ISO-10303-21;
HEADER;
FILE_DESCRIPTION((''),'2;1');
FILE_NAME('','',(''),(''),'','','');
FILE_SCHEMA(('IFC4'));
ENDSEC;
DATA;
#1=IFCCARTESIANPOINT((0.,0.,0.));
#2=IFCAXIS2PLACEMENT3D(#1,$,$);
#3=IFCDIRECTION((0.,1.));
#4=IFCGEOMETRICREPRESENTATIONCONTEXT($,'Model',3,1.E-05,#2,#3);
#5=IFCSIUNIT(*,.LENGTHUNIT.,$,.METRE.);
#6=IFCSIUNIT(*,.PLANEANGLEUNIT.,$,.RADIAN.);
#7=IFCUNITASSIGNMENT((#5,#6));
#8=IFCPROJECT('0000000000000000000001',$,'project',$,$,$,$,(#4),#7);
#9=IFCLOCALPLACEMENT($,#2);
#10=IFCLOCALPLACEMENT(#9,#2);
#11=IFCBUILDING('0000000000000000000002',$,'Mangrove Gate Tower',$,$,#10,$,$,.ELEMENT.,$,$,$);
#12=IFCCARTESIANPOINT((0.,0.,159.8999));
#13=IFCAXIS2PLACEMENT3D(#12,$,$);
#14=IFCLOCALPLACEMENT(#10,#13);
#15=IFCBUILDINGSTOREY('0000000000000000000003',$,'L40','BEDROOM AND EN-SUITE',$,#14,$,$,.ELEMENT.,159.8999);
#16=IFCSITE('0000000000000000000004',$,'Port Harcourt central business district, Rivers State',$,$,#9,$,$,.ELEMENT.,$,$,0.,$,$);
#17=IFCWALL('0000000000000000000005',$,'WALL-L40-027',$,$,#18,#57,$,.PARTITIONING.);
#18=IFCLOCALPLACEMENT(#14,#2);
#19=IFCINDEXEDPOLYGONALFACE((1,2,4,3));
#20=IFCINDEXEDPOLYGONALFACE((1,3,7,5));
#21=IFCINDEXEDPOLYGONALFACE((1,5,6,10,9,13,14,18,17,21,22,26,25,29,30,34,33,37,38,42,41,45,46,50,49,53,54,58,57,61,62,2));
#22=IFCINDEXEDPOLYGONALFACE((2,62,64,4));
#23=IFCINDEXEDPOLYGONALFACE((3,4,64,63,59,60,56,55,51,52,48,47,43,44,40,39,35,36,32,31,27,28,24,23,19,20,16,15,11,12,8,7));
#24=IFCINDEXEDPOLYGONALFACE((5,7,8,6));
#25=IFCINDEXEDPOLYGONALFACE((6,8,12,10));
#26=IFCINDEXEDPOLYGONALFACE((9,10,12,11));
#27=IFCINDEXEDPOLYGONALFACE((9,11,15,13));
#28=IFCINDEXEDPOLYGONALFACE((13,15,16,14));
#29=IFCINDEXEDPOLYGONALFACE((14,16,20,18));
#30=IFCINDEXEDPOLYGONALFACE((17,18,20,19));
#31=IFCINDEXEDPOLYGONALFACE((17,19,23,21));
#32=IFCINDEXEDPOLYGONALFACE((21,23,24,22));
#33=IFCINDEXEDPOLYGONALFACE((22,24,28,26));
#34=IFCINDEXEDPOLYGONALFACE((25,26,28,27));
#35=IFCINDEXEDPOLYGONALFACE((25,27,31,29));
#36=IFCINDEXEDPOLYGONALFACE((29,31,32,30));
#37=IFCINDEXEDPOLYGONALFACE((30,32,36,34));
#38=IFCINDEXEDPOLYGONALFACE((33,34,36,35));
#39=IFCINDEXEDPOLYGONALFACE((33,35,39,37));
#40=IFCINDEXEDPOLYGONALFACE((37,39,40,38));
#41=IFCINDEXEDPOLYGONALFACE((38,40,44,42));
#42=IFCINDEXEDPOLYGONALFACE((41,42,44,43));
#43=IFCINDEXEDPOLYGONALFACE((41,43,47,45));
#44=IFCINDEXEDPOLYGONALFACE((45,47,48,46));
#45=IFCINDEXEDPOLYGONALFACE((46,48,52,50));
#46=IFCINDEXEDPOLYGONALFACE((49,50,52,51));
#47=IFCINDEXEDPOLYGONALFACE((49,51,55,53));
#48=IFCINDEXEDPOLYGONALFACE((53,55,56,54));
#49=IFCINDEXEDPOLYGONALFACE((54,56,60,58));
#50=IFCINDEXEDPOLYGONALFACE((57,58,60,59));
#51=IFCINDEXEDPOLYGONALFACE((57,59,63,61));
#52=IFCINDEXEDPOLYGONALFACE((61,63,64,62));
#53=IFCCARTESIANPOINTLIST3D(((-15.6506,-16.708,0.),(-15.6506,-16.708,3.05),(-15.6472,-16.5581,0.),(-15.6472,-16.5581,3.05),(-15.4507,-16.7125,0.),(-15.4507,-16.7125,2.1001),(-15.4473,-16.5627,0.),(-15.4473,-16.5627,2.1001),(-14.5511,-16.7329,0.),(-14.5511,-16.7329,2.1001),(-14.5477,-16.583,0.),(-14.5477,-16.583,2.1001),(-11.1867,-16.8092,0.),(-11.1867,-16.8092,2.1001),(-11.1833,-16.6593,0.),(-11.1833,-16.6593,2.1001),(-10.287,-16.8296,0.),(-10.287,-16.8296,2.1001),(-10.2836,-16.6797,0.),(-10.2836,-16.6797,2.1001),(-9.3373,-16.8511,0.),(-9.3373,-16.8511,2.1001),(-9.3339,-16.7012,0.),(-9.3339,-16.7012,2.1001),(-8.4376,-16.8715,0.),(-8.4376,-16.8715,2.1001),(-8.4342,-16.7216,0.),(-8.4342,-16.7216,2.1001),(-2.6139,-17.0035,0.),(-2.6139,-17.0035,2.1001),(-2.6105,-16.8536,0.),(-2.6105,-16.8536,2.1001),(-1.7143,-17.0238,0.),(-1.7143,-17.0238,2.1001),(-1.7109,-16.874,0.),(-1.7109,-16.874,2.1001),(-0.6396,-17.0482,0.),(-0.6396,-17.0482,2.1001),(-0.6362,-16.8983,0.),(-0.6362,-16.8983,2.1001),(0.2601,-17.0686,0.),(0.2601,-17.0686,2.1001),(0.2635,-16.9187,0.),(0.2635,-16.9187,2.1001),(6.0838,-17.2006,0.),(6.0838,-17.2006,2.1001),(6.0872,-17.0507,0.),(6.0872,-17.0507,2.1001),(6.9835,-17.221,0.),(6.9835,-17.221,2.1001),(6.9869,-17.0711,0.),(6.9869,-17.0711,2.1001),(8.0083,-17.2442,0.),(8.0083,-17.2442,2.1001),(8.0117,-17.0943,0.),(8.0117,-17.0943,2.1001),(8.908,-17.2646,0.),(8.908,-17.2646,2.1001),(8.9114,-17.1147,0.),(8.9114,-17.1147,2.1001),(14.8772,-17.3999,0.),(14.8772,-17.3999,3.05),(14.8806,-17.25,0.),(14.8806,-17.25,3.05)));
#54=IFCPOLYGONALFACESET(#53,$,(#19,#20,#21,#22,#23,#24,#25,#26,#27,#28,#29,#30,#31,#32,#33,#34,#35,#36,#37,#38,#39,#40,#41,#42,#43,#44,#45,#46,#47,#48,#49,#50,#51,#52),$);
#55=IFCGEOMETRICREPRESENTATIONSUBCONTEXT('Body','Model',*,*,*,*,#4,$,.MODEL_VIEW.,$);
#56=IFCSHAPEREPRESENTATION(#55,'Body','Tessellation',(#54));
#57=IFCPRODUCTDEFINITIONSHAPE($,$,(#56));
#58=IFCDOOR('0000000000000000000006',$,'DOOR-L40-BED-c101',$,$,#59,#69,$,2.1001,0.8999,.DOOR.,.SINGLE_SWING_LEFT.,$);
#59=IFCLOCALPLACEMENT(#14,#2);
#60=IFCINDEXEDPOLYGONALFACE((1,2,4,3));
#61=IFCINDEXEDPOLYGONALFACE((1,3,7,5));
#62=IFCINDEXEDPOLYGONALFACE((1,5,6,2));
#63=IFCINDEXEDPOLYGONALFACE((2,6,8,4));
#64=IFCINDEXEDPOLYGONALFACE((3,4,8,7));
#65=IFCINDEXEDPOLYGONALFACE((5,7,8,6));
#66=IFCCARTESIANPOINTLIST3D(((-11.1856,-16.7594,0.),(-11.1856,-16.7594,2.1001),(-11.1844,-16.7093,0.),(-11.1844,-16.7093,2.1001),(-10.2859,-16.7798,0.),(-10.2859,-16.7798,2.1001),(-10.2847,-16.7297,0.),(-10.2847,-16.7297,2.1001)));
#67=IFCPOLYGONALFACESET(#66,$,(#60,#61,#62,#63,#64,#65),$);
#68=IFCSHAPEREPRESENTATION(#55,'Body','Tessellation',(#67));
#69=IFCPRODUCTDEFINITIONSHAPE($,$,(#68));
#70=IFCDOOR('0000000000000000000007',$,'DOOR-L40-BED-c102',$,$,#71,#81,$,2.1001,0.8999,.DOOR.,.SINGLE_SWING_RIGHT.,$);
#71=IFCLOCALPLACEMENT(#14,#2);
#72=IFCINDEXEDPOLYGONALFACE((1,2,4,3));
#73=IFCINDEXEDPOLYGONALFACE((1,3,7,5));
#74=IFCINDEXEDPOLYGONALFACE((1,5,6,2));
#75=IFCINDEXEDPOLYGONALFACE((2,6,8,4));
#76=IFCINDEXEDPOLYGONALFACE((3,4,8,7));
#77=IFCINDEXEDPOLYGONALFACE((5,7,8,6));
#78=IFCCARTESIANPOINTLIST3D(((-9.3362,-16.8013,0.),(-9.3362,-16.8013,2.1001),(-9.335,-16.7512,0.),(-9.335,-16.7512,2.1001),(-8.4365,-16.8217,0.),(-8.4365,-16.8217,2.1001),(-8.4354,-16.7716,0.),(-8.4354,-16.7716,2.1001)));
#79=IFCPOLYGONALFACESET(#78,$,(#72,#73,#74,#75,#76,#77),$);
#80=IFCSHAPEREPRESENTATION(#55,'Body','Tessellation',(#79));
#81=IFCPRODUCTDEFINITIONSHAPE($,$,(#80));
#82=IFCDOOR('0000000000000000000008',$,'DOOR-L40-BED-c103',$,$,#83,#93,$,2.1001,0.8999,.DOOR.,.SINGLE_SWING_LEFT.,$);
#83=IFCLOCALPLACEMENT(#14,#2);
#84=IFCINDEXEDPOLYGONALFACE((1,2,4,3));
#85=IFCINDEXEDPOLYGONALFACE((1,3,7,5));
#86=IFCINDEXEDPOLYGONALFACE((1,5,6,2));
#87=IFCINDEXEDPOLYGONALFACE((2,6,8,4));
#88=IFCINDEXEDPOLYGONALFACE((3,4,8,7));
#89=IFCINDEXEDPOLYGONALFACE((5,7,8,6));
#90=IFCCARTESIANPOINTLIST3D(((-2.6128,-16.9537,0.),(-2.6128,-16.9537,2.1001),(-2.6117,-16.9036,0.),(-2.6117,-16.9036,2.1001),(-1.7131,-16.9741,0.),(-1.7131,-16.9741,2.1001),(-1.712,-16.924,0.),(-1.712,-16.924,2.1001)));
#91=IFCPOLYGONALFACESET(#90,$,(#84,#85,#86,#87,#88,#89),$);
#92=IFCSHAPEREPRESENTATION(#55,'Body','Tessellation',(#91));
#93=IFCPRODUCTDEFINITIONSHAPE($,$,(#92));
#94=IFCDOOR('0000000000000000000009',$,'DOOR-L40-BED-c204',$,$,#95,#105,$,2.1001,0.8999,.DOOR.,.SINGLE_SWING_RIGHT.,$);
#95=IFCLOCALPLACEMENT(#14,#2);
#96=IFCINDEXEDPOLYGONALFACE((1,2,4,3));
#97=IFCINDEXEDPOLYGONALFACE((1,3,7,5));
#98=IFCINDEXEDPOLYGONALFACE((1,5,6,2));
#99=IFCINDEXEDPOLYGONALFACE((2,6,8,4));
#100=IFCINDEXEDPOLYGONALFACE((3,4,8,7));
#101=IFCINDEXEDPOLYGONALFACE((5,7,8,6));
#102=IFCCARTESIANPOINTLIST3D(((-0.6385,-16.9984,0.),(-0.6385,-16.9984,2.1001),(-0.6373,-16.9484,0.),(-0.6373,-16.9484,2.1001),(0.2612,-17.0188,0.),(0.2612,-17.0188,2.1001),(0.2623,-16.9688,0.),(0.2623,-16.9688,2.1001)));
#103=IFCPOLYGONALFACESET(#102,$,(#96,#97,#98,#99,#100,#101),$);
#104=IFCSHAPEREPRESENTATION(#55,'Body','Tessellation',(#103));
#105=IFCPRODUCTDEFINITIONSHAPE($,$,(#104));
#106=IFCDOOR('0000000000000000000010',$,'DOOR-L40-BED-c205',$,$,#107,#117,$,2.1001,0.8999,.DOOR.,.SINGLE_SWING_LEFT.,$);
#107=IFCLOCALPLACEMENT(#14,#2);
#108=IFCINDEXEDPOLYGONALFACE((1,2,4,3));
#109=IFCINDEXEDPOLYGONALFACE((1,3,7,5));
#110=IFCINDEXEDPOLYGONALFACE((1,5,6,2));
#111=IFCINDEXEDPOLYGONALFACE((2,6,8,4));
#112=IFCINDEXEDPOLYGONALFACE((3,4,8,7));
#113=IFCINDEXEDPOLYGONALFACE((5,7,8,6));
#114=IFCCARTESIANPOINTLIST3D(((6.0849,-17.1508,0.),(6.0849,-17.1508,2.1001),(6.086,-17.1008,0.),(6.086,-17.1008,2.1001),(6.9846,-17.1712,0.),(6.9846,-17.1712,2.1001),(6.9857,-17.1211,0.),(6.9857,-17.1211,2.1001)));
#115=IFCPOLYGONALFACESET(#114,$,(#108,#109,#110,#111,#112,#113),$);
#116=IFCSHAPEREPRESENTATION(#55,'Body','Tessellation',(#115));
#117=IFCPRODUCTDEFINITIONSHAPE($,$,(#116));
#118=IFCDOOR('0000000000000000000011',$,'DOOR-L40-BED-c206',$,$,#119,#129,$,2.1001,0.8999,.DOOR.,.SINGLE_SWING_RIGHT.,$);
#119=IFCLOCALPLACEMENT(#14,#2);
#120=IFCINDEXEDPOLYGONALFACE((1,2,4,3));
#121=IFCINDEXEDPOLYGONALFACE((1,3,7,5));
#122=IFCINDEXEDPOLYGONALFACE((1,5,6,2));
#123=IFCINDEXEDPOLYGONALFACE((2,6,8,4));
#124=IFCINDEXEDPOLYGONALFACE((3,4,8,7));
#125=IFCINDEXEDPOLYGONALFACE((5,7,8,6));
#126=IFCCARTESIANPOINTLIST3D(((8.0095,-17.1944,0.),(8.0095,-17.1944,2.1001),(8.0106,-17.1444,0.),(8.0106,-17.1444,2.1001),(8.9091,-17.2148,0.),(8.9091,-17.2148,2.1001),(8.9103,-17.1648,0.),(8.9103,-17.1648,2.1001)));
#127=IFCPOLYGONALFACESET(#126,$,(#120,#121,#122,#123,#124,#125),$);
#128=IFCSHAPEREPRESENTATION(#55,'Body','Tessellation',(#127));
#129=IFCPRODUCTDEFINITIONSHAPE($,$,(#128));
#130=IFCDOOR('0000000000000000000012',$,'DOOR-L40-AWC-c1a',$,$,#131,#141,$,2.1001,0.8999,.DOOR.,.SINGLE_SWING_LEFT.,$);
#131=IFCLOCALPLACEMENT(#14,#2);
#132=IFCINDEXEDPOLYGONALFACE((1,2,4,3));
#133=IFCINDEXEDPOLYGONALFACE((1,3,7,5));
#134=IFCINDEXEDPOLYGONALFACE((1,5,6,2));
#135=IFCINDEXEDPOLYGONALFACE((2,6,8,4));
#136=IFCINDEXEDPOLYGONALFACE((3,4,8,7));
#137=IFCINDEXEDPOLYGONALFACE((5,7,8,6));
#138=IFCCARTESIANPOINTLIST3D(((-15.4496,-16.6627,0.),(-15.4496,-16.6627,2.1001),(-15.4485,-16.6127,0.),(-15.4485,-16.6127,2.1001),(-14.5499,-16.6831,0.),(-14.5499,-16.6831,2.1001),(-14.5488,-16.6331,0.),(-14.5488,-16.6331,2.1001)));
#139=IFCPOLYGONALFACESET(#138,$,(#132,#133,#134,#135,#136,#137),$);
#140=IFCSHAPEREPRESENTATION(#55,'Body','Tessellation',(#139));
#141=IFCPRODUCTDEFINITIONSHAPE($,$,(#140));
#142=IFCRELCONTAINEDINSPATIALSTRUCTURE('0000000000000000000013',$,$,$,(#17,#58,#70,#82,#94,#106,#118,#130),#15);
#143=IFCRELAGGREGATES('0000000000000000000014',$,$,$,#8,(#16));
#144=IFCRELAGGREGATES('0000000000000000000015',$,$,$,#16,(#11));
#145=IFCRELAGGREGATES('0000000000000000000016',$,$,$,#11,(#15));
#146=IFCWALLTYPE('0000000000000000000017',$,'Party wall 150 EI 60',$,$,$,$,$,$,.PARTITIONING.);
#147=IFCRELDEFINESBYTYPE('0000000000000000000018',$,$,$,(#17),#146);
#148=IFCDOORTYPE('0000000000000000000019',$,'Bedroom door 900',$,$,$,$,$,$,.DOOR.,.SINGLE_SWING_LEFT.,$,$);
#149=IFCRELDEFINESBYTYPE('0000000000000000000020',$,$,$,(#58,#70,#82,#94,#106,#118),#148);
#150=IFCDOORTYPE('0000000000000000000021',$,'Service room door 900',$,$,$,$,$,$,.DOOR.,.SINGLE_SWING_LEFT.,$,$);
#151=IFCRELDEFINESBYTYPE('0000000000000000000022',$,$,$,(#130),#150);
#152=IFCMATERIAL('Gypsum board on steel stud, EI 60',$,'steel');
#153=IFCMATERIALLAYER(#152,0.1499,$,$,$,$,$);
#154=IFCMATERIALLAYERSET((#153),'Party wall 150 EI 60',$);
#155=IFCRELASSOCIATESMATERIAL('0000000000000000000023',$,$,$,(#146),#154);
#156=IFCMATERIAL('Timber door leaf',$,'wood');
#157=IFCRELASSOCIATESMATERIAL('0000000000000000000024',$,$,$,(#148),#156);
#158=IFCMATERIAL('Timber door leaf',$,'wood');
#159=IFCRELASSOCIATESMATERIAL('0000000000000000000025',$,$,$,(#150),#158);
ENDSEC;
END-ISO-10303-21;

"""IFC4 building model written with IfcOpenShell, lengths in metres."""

from ifc_helpers import new_model, si_unit, direction, frame, frame_2d, origin, place, context, subcontext, project, spatial, rectangle, extrude, material, layer, layer_set, type_object, element, fill, save


model = new_model("IFC4")

# Units and contexts
model_context = context("Model", 3, precision=1e-05, world=origin(), true_north=direction((0.0, 1.0)))
body_context = subcontext(model_context, "Body", "Model", "MODEL_VIEW")
ifc_project = project(units=[si_unit("LENGTHUNIT", "METRE"), si_unit("PLANEANGLEUNIT", "RADIAN")], contexts=[model_context])

# Site, building, storey
site_placement = place(None, origin())
site = spatial("IfcSite", under=ifc_project, at=site_placement, Name="Port Harcourt central business district, Rivers State", CompositionType="ELEMENT", RefElevation=0.0)
building_placement = place(site_placement, origin())
building = spatial("IfcBuilding", under=site, at=building_placement, Name="Mangrove Gate Tower", CompositionType="ELEMENT")
storey_placement = place(building_placement, frame((0.0, 0.0, 159.8999)))
storey = spatial("IfcBuildingStorey", under=building, at=storey_placement, Name="L40", Description="BEDROOM AND EN-SUITE", CompositionType="ELEMENT", Elevation=159.8999)

# Shared definitions
ifc_material_1 = material(Name="Gypsum board on steel stud, EI 60", Category="steel")
ifc_layer_1 = layer(ifc_material_1, 0.1499)
ifc_layer_set_1 = layer_set([ifc_layer_1], Name="Party wall 150 EI 60")
wall_type_1 = type_object("IfcWallType", Name="Party wall 150 EI 60", PredefinedType="PARTITIONING", material=ifc_layer_set_1)

# Wall, openings, doors
wall_1_placement = place(storey_placement, frame((-15.6489, -16.6331, 0.0), z_axis=(0.0, 0.0, 1.0), x_axis=(0.999743, -0.022659, 0.0)))
wall_1 = element("IfcWall", 1, at=wall_1_placement, inside=storey, type_object=wall_type_1, Name="WALL-L40-027", PredefinedType="PARTITIONING", context=body_context, shape_type="SweptSolid", body=[
    extrude(rectangle(XDim=30.5356, YDim=0.1499, at=frame_2d((15.2678, 0.0))), origin(), (0.0, 0.0, 1.0), 3.05),
])
opening_1_placement = place(wall_1_placement, frame((0.2, 0.0, 0.0)))
opening_1 = element("IfcOpeningElement", 2, at=opening_1_placement, cuts=wall_1, PredefinedType="OPENING", context=body_context, shape_type="SweptSolid", body=[
    extrude(rectangle(XDim=0.8999, YDim=2.1001, at=frame_2d((0.45, 1.05))), frame((0.0, 0.085, 0.0), z_axis=(0.0, -1.0, 0.0), x_axis=(1.0, 0.0, 0.0)), (0.0, 0.0, 1.0), 0.1699),
])
opening_2_placement = place(wall_1_placement, frame((4.4651, 0.0, 0.0)))
opening_2 = element("IfcOpeningElement", 3, at=opening_2_placement, cuts=wall_1, PredefinedType="OPENING", context=body_context, shape_type="SweptSolid", body=[
    extrude(rectangle(XDim=0.8999, YDim=2.1001, at=frame_2d((0.45, 1.05))), frame((0.0, 0.085, 0.0), z_axis=(0.0, -1.0, 0.0), x_axis=(1.0, 0.0, 0.0)), (0.0, 0.0, 1.0), 0.1699),
])
opening_3_placement = place(wall_1_placement, frame((6.3149, 0.0, 0.0)))
opening_3 = element("IfcOpeningElement", 4, at=opening_3_placement, cuts=wall_1, PredefinedType="OPENING", context=body_context, shape_type="SweptSolid", body=[
    extrude(rectangle(XDim=0.8999, YDim=2.1001, at=frame_2d((0.45, 1.05))), frame((0.0, 0.085, 0.0), z_axis=(0.0, -1.0, 0.0), x_axis=(1.0, 0.0, 0.0)), (0.0, 0.0, 1.0), 0.1699),
])
opening_4_placement = place(wall_1_placement, frame((13.04, 0.0, 0.0)))
opening_4 = element("IfcOpeningElement", 5, at=opening_4_placement, cuts=wall_1, PredefinedType="OPENING", context=body_context, shape_type="SweptSolid", body=[
    extrude(rectangle(XDim=0.8999, YDim=2.1001, at=frame_2d((0.45, 1.05))), frame((0.0, 0.085, 0.0), z_axis=(0.0, -1.0, 0.0), x_axis=(1.0, 0.0, 0.0)), (0.0, 0.0, 1.0), 0.1699),
])
opening_5_placement = place(wall_1_placement, frame((15.0149, 0.0, 0.0)))
opening_5 = element("IfcOpeningElement", 6, at=opening_5_placement, cuts=wall_1, PredefinedType="OPENING", context=body_context, shape_type="SweptSolid", body=[
    extrude(rectangle(XDim=0.8999, YDim=2.1001, at=frame_2d((0.45, 1.05))), frame((0.0, 0.085, 0.0), z_axis=(0.0, -1.0, 0.0), x_axis=(1.0, 0.0, 0.0)), (0.0, 0.0, 1.0), 0.1699),
])
opening_6_placement = place(wall_1_placement, frame((21.74, 0.0, 0.0)))
opening_6 = element("IfcOpeningElement", 7, at=opening_6_placement, cuts=wall_1, PredefinedType="OPENING", context=body_context, shape_type="SweptSolid", body=[
    extrude(rectangle(XDim=0.8999, YDim=2.1001, at=frame_2d((0.45, 1.05))), frame((0.0, 0.085, 0.0), z_axis=(0.0, -1.0, 0.0), x_axis=(1.0, 0.0, 0.0)), (0.0, 0.0, 1.0), 0.1699),
])
opening_7_placement = place(wall_1_placement, frame((23.665, 0.0, 0.0)))
opening_7 = element("IfcOpeningElement", 8, at=opening_7_placement, cuts=wall_1, PredefinedType="OPENING", context=body_context, shape_type="SweptSolid", body=[
    extrude(rectangle(XDim=0.8999, YDim=2.1001, at=frame_2d((0.45, 1.05))), frame((0.0, 0.085, 0.0), z_axis=(0.0, -1.0, 0.0), x_axis=(1.0, 0.0, 0.0)), (0.0, 0.0, 1.0), 0.1699),
])
ifc_material_2 = material(Name="Timber door leaf", Category="wood")
door_type_1 = type_object("IfcDoorType", Name="Bedroom door 900", OperationType="SINGLE_SWING_LEFT", PredefinedType="DOOR", material=ifc_material_2)
door_1_placement = place(opening_2_placement, origin())
door_1 = element("IfcDoor", 9, at=door_1_placement, inside=storey, type_object=door_type_1, Name="DOOR-L40-BED-c101", OperationType="SINGLE_SWING_LEFT", OverallHeight=2.1001, OverallWidth=0.8999, PredefinedType="DOOR", context=body_context, shape_type="SweptSolid", body=[
    extrude(rectangle(XDim=0.8999, YDim=2.1001, at=frame_2d((0.45, 1.05))), frame((0.0, 0.0249, 0.0), z_axis=(0.0, -1.0, 0.0), x_axis=(1.0, 0.0, 0.0)), (0.0, 0.0, 1.0), 0.05),
])
fill(opening_2, door_1)
door_2_placement = place(opening_3_placement, origin())
door_2 = element("IfcDoor", 10, at=door_2_placement, inside=storey, type_object=door_type_1, Name="DOOR-L40-BED-c102", OperationType="SINGLE_SWING_RIGHT", OverallHeight=2.1001, OverallWidth=0.8999, PredefinedType="DOOR", context=body_context, shape_type="SweptSolid", body=[
    extrude(rectangle(XDim=0.8999, YDim=2.1001, at=frame_2d((0.45, 1.05))), frame((0.0, 0.0249, 0.0), z_axis=(0.0, -1.0, 0.0), x_axis=(1.0, 0.0, 0.0)), (0.0, 0.0, 1.0), 0.05),
])
fill(opening_3, door_2)
door_3_placement = place(opening_4_placement, origin())
door_3 = element("IfcDoor", 11, at=door_3_placement, inside=storey, type_object=door_type_1, Name="DOOR-L40-BED-c103", OperationType="SINGLE_SWING_LEFT", OverallHeight=2.1001, OverallWidth=0.8999, PredefinedType="DOOR", context=body_context, shape_type="SweptSolid", body=[
    extrude(rectangle(XDim=0.8999, YDim=2.1001, at=frame_2d((0.45, 1.05))), frame((0.0, 0.0249, 0.0), z_axis=(0.0, -1.0, 0.0), x_axis=(1.0, 0.0, 0.0)), (0.0, 0.0, 1.0), 0.05),
])
fill(opening_4, door_3)
door_4_placement = place(opening_5_placement, origin())
door_4 = element("IfcDoor", 12, at=door_4_placement, inside=storey, type_object=door_type_1, Name="DOOR-L40-BED-c204", OperationType="SINGLE_SWING_RIGHT", OverallHeight=2.1001, OverallWidth=0.8999, PredefinedType="DOOR", context=body_context, shape_type="SweptSolid", body=[
    extrude(rectangle(XDim=0.8999, YDim=2.1001, at=frame_2d((0.45, 1.05))), frame((0.0, 0.0249, 0.0), z_axis=(0.0, -1.0, 0.0), x_axis=(1.0, 0.0, 0.0)), (0.0, 0.0, 1.0), 0.05),
])
fill(opening_5, door_4)
door_5_placement = place(opening_6_placement, origin())
door_5 = element("IfcDoor", 13, at=door_5_placement, inside=storey, type_object=door_type_1, Name="DOOR-L40-BED-c205", OperationType="SINGLE_SWING_LEFT", OverallHeight=2.1001, OverallWidth=0.8999, PredefinedType="DOOR", context=body_context, shape_type="SweptSolid", body=[
    extrude(rectangle(XDim=0.8999, YDim=2.1001, at=frame_2d((0.45, 1.05))), frame((0.0, 0.0249, 0.0), z_axis=(0.0, -1.0, 0.0), x_axis=(1.0, 0.0, 0.0)), (0.0, 0.0, 1.0), 0.05),
])
fill(opening_6, door_5)
door_6_placement = place(opening_7_placement, origin())
door_6 = element("IfcDoor", 14, at=door_6_placement, inside=storey, type_object=door_type_1, Name="DOOR-L40-BED-c206", OperationType="SINGLE_SWING_RIGHT", OverallHeight=2.1001, OverallWidth=0.8999, PredefinedType="DOOR", context=body_context, shape_type="SweptSolid", body=[
    extrude(rectangle(XDim=0.8999, YDim=2.1001, at=frame_2d((0.45, 1.05))), frame((0.0, 0.0249, 0.0), z_axis=(0.0, -1.0, 0.0), x_axis=(1.0, 0.0, 0.0)), (0.0, 0.0, 1.0), 0.05),
])
fill(opening_7, door_6)
ifc_material_3 = material(Name="Timber door leaf", Category="wood")
door_type_2 = type_object("IfcDoorType", Name="Service room door 900", OperationType="SINGLE_SWING_LEFT", PredefinedType="DOOR", material=ifc_material_3)
door_7_placement = place(opening_1_placement, origin())
door_7 = element("IfcDoor", 15, at=door_7_placement, inside=storey, type_object=door_type_2, Name="DOOR-L40-AWC-c1a", OperationType="SINGLE_SWING_LEFT", OverallHeight=2.1001, OverallWidth=0.8999, PredefinedType="DOOR", context=body_context, shape_type="SweptSolid", body=[
    extrude(rectangle(XDim=0.8999, YDim=2.1001, at=frame_2d((0.45, 1.05))), frame((0.0, 0.0249, 0.0), z_axis=(0.0, -1.0, 0.0), x_axis=(1.0, 0.0, 0.0)), (0.0, 0.0, 1.0), 0.05),
])
fill(opening_1, door_7)

save(model, "model.ifc")
